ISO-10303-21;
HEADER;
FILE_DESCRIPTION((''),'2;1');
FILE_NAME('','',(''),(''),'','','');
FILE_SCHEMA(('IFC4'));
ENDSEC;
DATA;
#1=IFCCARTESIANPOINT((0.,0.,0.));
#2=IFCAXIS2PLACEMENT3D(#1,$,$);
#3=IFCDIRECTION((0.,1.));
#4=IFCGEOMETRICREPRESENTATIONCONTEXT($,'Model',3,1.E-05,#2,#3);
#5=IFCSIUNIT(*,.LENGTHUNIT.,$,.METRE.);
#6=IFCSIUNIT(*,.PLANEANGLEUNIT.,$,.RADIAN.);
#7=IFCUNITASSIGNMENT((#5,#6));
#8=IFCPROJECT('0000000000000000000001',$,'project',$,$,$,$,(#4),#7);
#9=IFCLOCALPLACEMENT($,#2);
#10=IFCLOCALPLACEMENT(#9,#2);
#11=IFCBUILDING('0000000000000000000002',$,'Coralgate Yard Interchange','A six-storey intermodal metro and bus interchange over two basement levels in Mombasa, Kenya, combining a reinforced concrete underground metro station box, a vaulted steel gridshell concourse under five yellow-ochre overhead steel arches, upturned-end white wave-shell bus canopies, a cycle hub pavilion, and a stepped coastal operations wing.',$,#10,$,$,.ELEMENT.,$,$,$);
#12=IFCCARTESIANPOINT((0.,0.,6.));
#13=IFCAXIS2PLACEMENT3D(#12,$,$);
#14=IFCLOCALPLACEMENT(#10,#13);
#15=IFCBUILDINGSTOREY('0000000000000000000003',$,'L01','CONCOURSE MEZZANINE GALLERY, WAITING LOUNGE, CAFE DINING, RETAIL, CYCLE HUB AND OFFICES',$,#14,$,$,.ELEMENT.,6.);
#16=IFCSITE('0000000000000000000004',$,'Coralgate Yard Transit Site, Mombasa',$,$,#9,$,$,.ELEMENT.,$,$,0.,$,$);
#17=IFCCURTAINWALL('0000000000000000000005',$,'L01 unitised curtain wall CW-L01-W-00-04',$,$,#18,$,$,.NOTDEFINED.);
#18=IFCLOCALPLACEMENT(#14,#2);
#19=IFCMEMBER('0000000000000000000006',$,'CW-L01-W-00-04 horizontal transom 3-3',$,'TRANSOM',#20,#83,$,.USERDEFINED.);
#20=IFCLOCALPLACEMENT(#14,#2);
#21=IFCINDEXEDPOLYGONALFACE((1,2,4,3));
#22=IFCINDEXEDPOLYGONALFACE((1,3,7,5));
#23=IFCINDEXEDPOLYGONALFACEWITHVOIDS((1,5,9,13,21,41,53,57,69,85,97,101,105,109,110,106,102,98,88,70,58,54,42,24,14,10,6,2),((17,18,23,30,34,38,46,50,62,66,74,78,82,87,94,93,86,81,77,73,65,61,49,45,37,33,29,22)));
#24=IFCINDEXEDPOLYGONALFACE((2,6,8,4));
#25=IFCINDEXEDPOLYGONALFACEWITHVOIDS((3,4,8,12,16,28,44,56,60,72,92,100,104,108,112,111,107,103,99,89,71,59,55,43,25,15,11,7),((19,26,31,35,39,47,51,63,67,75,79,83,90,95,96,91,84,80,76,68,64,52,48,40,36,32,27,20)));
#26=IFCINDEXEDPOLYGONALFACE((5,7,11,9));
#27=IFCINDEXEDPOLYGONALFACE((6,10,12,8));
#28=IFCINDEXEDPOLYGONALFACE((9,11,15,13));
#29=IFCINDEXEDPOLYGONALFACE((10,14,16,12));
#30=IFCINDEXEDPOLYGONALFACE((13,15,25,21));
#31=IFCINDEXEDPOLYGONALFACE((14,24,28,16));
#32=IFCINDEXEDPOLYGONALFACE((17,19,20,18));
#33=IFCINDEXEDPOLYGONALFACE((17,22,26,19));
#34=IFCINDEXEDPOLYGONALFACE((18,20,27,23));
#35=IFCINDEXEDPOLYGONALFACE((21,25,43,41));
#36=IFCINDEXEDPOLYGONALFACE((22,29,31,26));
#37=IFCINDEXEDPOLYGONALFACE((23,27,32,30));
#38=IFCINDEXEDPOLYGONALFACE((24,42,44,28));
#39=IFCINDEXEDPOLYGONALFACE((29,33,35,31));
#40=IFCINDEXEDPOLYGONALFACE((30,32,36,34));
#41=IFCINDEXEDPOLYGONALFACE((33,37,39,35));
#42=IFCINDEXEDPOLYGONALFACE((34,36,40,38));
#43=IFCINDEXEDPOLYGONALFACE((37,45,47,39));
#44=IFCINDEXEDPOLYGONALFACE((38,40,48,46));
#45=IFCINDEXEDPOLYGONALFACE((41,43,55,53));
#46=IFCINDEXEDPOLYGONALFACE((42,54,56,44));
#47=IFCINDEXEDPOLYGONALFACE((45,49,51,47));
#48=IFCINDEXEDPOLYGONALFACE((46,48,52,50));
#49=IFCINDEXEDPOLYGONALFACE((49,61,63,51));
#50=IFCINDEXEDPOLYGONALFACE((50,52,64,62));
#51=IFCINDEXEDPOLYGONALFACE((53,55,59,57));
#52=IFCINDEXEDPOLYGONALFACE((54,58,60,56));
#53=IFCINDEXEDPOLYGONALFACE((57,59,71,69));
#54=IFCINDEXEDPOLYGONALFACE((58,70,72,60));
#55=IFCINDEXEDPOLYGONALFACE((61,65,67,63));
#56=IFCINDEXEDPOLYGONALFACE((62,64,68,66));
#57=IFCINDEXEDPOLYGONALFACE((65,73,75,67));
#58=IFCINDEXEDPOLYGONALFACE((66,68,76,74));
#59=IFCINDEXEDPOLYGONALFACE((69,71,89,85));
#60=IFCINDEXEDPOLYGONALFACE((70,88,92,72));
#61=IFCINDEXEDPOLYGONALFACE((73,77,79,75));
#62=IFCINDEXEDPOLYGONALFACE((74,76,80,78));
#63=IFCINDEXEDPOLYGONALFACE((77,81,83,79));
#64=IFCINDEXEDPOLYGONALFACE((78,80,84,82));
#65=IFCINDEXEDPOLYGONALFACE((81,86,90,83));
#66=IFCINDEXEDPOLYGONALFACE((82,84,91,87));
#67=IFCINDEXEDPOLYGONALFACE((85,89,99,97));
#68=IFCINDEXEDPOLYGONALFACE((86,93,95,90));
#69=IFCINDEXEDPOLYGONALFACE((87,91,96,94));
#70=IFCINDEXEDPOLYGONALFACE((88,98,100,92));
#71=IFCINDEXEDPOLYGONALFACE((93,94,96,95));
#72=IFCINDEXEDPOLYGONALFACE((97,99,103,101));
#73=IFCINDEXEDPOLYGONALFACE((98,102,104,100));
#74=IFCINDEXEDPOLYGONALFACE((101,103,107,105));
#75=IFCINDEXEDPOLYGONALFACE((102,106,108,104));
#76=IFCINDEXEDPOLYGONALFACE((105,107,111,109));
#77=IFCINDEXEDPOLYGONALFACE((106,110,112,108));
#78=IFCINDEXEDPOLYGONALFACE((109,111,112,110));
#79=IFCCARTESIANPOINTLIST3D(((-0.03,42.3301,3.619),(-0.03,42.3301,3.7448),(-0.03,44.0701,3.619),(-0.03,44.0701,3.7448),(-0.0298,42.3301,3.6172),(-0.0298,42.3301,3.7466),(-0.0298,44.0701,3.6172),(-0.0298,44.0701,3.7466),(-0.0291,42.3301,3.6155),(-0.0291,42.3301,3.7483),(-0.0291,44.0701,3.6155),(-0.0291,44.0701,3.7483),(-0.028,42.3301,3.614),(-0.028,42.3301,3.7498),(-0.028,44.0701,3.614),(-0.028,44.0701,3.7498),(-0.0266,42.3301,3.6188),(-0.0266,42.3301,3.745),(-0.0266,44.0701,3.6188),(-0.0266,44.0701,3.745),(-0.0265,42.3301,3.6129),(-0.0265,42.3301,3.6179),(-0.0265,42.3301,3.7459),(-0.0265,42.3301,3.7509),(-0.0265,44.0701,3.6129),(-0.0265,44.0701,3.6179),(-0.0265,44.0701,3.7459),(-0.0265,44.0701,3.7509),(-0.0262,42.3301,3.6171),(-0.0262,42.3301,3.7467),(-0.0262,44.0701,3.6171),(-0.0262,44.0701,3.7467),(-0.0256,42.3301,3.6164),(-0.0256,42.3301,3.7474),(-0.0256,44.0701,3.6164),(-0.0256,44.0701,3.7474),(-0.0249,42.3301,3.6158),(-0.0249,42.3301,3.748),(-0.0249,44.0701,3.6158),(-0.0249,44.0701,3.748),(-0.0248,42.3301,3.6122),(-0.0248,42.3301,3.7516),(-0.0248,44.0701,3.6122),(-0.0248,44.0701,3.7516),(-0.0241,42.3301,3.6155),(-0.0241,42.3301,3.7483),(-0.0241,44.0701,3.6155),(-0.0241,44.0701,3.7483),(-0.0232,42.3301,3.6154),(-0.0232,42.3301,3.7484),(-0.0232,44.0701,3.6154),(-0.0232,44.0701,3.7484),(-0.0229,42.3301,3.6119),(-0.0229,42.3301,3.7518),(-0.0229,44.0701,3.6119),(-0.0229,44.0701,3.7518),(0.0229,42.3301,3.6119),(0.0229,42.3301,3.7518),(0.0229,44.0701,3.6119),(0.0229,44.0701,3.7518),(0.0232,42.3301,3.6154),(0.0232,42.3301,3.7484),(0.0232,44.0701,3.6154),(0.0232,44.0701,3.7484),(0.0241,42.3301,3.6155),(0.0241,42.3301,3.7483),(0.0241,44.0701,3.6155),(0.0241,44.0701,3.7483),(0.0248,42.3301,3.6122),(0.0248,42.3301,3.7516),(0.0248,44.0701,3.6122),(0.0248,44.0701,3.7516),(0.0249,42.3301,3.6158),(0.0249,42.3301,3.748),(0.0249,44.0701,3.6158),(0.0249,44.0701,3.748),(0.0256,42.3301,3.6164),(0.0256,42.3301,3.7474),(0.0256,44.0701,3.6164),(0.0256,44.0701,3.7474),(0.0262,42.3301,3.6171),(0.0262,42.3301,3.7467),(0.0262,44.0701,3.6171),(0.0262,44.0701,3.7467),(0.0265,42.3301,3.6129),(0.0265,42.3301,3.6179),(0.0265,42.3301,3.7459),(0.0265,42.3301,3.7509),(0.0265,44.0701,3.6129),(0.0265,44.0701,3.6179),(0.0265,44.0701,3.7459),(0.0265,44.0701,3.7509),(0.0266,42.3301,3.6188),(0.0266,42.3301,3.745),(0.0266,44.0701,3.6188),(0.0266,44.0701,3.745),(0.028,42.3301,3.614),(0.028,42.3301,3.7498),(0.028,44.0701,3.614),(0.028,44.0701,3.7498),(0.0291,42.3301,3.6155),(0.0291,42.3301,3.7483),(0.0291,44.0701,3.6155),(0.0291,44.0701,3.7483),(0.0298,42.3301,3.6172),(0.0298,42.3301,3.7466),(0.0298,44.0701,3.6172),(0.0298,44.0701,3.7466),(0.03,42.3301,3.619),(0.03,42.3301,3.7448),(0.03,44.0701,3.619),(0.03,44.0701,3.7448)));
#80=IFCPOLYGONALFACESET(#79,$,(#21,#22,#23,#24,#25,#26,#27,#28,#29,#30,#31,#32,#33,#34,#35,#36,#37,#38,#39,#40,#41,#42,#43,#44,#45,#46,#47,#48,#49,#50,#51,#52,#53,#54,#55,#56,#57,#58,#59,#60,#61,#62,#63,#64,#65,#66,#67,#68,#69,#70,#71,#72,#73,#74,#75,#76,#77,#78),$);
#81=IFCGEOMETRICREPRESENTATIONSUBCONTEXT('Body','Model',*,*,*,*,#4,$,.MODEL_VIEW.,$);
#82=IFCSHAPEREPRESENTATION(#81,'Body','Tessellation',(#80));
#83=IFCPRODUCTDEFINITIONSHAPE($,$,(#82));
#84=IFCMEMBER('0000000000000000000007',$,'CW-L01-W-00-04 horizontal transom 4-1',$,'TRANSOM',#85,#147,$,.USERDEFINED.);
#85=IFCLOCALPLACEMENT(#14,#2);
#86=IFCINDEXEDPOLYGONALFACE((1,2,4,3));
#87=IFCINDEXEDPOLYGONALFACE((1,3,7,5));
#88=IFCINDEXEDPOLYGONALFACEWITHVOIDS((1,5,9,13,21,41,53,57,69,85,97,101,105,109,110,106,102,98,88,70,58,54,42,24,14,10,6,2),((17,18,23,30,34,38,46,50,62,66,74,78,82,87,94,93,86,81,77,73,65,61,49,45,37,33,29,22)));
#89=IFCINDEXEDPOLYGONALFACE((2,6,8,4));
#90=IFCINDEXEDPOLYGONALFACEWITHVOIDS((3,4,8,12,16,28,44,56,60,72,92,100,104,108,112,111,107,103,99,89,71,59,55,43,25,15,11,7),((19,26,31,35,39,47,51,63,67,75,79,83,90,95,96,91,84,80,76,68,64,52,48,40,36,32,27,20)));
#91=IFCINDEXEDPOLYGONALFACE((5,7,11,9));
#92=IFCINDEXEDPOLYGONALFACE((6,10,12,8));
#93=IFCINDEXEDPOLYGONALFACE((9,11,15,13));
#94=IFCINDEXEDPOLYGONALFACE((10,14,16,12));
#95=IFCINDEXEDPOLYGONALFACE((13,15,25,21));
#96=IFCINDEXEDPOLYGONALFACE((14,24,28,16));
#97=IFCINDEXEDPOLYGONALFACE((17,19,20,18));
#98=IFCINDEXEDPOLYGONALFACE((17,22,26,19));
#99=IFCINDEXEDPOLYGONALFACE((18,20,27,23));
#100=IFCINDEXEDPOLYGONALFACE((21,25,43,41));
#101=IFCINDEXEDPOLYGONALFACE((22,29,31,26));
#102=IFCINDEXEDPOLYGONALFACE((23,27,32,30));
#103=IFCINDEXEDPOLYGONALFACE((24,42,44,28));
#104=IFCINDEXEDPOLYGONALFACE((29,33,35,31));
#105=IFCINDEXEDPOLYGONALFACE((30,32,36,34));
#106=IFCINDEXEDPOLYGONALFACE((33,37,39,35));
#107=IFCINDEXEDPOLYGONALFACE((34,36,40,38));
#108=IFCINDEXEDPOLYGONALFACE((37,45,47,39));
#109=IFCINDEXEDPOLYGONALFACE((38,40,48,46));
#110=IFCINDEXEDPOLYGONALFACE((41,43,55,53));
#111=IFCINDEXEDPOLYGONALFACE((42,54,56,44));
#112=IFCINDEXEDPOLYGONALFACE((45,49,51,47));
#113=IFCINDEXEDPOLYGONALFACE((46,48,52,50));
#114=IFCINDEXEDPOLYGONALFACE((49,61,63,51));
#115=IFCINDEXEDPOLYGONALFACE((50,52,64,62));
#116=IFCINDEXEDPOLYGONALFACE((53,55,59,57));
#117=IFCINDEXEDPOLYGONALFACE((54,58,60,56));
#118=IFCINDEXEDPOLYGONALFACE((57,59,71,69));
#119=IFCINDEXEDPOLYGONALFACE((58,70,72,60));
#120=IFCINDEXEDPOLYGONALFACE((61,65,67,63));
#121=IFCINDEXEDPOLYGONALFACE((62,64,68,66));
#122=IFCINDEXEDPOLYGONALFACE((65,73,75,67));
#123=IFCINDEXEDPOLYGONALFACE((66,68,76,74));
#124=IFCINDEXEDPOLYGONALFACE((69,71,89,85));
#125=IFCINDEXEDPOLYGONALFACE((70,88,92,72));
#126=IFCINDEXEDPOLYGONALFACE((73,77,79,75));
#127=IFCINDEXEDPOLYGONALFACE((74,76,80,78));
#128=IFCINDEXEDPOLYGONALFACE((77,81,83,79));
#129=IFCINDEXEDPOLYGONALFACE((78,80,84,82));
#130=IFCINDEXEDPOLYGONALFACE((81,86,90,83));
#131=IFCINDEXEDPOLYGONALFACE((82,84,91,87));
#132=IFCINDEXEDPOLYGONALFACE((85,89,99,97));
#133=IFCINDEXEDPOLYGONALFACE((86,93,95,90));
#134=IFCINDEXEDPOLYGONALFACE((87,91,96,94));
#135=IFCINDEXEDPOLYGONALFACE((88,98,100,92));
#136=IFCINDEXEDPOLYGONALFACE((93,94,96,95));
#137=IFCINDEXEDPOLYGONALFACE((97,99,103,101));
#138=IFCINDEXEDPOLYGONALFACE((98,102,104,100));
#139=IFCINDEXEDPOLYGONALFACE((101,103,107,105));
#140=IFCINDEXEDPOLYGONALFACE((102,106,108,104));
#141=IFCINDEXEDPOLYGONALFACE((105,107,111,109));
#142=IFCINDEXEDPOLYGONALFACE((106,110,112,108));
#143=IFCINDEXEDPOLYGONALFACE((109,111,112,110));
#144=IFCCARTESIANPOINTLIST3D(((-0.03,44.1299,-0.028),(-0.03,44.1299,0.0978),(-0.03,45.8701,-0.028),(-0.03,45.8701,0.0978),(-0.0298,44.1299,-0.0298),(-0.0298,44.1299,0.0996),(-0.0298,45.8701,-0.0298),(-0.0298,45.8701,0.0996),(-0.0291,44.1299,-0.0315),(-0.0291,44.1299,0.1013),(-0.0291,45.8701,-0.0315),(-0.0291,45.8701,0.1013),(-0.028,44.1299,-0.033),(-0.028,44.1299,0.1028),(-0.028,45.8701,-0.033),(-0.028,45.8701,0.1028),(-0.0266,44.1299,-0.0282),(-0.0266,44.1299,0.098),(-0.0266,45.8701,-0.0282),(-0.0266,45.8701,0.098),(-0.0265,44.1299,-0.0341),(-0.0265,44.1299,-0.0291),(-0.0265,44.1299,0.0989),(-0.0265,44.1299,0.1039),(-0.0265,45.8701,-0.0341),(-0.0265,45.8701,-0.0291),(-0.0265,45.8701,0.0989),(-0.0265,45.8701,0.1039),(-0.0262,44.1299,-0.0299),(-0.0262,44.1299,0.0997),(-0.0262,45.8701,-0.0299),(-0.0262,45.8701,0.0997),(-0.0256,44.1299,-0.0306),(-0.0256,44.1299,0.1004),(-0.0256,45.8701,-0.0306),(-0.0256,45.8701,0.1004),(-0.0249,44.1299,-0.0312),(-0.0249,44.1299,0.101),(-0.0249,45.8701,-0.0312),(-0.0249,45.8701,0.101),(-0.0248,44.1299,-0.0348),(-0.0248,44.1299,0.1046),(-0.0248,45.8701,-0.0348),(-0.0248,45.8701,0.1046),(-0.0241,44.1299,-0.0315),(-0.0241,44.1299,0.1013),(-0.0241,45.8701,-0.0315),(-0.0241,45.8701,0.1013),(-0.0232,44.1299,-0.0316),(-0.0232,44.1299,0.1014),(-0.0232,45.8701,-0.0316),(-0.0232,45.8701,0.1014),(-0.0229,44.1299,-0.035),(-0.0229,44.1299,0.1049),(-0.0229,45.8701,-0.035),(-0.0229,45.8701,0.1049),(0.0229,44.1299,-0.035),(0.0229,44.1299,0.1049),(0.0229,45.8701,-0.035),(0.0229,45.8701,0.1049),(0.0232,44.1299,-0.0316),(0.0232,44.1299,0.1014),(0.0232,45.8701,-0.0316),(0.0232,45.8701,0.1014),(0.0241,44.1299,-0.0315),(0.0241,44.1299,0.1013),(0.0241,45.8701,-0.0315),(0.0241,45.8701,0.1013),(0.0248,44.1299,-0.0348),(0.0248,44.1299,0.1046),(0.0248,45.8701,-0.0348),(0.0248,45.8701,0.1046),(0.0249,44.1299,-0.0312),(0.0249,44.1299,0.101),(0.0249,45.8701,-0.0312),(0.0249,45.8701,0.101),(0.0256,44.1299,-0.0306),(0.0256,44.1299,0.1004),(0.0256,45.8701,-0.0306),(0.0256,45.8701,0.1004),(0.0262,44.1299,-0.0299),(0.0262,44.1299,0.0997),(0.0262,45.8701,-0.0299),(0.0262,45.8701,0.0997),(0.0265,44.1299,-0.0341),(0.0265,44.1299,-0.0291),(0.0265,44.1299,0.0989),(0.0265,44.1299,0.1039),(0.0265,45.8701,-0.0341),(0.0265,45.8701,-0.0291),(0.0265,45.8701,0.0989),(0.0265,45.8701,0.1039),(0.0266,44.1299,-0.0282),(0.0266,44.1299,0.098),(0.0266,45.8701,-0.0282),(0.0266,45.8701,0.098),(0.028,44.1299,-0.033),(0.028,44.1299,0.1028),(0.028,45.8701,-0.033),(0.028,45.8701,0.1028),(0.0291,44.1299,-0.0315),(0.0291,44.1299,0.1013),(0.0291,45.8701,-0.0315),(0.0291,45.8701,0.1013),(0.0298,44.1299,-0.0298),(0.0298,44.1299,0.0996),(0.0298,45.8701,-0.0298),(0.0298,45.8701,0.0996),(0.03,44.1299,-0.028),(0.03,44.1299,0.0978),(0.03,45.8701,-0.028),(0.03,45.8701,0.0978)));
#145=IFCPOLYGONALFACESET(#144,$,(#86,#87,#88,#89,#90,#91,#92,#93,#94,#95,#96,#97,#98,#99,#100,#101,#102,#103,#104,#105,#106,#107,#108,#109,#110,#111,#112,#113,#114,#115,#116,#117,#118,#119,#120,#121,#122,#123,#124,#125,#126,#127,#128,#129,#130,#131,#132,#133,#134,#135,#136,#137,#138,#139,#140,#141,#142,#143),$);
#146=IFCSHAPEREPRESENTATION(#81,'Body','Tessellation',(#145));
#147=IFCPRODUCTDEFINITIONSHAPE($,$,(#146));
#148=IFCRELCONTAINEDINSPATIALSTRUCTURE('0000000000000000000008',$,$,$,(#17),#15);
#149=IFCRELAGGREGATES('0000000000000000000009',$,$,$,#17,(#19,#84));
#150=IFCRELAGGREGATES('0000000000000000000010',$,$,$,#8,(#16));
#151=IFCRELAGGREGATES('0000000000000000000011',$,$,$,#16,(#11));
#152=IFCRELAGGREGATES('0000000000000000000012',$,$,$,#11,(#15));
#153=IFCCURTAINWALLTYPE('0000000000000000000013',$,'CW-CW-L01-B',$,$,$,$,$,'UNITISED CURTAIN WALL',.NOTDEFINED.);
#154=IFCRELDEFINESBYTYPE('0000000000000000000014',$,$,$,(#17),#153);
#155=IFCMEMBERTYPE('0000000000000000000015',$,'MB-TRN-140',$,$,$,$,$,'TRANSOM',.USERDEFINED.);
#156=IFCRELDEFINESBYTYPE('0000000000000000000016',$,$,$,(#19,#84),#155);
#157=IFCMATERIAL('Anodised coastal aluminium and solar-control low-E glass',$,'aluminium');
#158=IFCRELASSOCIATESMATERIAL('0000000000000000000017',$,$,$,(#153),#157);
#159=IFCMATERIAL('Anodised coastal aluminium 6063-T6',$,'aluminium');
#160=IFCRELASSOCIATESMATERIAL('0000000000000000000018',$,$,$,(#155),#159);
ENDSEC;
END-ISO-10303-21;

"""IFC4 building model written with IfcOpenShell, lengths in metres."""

from ifc_helpers import new_model, si_unit, direction, frame, origin, origin_2d, place, context, subcontext, project, spatial, hollow_rectangle, extrude, material, material_profile, profile_set, type_object, element, aggregate, save


model = new_model("IFC4")

# Units and contexts
model_context = context("Model", 3, precision=1e-05, world=origin(), true_north=direction((0.0, 1.0)))
body_context = subcontext(model_context, "Body", "Model", "MODEL_VIEW")
ifc_project = project(units=[si_unit("LENGTHUNIT", "METRE"), si_unit("PLANEANGLEUNIT", "RADIAN")], contexts=[model_context])

# Site, building, storey
site_placement = place(None, origin())
site = spatial("IfcSite", under=ifc_project, at=site_placement, Name="Coralgate Yard Transit Site, Mombasa", CompositionType="ELEMENT", RefElevation=0.0)
building_placement = place(site_placement, origin())
building = spatial("IfcBuilding", under=site, at=building_placement, Name="Coralgate Yard Interchange", Description="A six-storey intermodal metro and bus interchange over two basement levels in Mombasa, Kenya, combining a reinforced concrete underground metro station box, a vaulted steel gridshell concourse under five yellow-ochre overhead steel arches, upturned-end white wave-shell bus canopies, a cycle hub pavilion, and a stepped coastal operations wing.", CompositionType="ELEMENT")
storey_placement = place(building_placement, frame((0.0, 0.0, 6.0)))
storey = spatial("IfcBuildingStorey", under=building, at=storey_placement, Name="L01", Description="CONCOURSE MEZZANINE GALLERY, WAITING LOUNGE, CAFE DINING, RETAIL, CYCLE HUB AND OFFICES", CompositionType="ELEMENT", Elevation=6.0)

# Curtain wall, members
ifc_material_1 = material(Name="Anodised coastal aluminium and solar-control low-E glass", Category="aluminium")
curtain_wall_type = type_object("IfcCurtainWallType", Name="CW-CW-L01-B", ElementType="UNITISED CURTAIN WALL", PredefinedType="NOTDEFINED", material=ifc_material_1)
curtain_wall_placement = place(storey_placement, origin())
curtain_wall = element("IfcCurtainWall", 1, at=curtain_wall_placement, inside=storey, type_object=curtain_wall_type, Name="L01 unitised curtain wall CW-L01-W-00-04", PredefinedType="NOTDEFINED")
ifc_material_2 = material(Name="Anodised coastal aluminium 6063-T6", Category="aluminium")
ifc_material_profile_1 = material_profile(ifc_material_2, hollow_rectangle(XDim=0.0601, YDim=0.1399, WallThickness=0.0034, InnerFilletRadius=0.0034, OuterFilletRadius=0.0071, at=origin_2d()), Name="ALU 60x140x3.5")
ifc_profile_set_1 = profile_set([ifc_material_profile_1], Name="Anodised coastal aluminium 6063-T6")
member_type_1 = type_object("IfcMemberType", Name="MB-TRN-140", ElementType="TRANSOM", PredefinedType="USERDEFINED", material=ifc_profile_set_1)
member_1_placement = place(storey_placement, frame((0.0, 42.3301, 3.6819), z_axis=(0.0, 1.0, 0.0), x_axis=(-1.0, 0.0, 0.0)))
member_1 = element("IfcMember", 2, at=member_1_placement, type_object=member_type_1, Name="CW-L01-W-00-04 horizontal transom 3-3", ObjectType="TRANSOM", PredefinedType="USERDEFINED", context=body_context, shape_type="SweptSolid", body=[
    extrude(hollow_rectangle(XDim=0.0601, YDim=0.1399, WallThickness=0.0034, InnerFilletRadius=0.0034, OuterFilletRadius=0.0071, at=origin_2d()), origin(), (0.0, 0.0, 1.0), 1.74),
])
member_2_placement = place(storey_placement, frame((0.0, 44.1299, 0.0349), z_axis=(0.0, 1.0, 0.0), x_axis=(-1.0, 0.0, 0.0)))
member_2 = element("IfcMember", 3, at=member_2_placement, type_object=member_type_1, Name="CW-L01-W-00-04 horizontal transom 4-1", ObjectType="TRANSOM", PredefinedType="USERDEFINED", context=body_context, shape_type="SweptSolid", body=[
    extrude(hollow_rectangle(XDim=0.0601, YDim=0.1399, WallThickness=0.0034, InnerFilletRadius=0.0034, OuterFilletRadius=0.0071, at=origin_2d()), origin(), (0.0, 0.0, 1.0), 1.7402),
])
aggregate(curtain_wall, [member_1, member_2])

save(model, "model.ifc")
